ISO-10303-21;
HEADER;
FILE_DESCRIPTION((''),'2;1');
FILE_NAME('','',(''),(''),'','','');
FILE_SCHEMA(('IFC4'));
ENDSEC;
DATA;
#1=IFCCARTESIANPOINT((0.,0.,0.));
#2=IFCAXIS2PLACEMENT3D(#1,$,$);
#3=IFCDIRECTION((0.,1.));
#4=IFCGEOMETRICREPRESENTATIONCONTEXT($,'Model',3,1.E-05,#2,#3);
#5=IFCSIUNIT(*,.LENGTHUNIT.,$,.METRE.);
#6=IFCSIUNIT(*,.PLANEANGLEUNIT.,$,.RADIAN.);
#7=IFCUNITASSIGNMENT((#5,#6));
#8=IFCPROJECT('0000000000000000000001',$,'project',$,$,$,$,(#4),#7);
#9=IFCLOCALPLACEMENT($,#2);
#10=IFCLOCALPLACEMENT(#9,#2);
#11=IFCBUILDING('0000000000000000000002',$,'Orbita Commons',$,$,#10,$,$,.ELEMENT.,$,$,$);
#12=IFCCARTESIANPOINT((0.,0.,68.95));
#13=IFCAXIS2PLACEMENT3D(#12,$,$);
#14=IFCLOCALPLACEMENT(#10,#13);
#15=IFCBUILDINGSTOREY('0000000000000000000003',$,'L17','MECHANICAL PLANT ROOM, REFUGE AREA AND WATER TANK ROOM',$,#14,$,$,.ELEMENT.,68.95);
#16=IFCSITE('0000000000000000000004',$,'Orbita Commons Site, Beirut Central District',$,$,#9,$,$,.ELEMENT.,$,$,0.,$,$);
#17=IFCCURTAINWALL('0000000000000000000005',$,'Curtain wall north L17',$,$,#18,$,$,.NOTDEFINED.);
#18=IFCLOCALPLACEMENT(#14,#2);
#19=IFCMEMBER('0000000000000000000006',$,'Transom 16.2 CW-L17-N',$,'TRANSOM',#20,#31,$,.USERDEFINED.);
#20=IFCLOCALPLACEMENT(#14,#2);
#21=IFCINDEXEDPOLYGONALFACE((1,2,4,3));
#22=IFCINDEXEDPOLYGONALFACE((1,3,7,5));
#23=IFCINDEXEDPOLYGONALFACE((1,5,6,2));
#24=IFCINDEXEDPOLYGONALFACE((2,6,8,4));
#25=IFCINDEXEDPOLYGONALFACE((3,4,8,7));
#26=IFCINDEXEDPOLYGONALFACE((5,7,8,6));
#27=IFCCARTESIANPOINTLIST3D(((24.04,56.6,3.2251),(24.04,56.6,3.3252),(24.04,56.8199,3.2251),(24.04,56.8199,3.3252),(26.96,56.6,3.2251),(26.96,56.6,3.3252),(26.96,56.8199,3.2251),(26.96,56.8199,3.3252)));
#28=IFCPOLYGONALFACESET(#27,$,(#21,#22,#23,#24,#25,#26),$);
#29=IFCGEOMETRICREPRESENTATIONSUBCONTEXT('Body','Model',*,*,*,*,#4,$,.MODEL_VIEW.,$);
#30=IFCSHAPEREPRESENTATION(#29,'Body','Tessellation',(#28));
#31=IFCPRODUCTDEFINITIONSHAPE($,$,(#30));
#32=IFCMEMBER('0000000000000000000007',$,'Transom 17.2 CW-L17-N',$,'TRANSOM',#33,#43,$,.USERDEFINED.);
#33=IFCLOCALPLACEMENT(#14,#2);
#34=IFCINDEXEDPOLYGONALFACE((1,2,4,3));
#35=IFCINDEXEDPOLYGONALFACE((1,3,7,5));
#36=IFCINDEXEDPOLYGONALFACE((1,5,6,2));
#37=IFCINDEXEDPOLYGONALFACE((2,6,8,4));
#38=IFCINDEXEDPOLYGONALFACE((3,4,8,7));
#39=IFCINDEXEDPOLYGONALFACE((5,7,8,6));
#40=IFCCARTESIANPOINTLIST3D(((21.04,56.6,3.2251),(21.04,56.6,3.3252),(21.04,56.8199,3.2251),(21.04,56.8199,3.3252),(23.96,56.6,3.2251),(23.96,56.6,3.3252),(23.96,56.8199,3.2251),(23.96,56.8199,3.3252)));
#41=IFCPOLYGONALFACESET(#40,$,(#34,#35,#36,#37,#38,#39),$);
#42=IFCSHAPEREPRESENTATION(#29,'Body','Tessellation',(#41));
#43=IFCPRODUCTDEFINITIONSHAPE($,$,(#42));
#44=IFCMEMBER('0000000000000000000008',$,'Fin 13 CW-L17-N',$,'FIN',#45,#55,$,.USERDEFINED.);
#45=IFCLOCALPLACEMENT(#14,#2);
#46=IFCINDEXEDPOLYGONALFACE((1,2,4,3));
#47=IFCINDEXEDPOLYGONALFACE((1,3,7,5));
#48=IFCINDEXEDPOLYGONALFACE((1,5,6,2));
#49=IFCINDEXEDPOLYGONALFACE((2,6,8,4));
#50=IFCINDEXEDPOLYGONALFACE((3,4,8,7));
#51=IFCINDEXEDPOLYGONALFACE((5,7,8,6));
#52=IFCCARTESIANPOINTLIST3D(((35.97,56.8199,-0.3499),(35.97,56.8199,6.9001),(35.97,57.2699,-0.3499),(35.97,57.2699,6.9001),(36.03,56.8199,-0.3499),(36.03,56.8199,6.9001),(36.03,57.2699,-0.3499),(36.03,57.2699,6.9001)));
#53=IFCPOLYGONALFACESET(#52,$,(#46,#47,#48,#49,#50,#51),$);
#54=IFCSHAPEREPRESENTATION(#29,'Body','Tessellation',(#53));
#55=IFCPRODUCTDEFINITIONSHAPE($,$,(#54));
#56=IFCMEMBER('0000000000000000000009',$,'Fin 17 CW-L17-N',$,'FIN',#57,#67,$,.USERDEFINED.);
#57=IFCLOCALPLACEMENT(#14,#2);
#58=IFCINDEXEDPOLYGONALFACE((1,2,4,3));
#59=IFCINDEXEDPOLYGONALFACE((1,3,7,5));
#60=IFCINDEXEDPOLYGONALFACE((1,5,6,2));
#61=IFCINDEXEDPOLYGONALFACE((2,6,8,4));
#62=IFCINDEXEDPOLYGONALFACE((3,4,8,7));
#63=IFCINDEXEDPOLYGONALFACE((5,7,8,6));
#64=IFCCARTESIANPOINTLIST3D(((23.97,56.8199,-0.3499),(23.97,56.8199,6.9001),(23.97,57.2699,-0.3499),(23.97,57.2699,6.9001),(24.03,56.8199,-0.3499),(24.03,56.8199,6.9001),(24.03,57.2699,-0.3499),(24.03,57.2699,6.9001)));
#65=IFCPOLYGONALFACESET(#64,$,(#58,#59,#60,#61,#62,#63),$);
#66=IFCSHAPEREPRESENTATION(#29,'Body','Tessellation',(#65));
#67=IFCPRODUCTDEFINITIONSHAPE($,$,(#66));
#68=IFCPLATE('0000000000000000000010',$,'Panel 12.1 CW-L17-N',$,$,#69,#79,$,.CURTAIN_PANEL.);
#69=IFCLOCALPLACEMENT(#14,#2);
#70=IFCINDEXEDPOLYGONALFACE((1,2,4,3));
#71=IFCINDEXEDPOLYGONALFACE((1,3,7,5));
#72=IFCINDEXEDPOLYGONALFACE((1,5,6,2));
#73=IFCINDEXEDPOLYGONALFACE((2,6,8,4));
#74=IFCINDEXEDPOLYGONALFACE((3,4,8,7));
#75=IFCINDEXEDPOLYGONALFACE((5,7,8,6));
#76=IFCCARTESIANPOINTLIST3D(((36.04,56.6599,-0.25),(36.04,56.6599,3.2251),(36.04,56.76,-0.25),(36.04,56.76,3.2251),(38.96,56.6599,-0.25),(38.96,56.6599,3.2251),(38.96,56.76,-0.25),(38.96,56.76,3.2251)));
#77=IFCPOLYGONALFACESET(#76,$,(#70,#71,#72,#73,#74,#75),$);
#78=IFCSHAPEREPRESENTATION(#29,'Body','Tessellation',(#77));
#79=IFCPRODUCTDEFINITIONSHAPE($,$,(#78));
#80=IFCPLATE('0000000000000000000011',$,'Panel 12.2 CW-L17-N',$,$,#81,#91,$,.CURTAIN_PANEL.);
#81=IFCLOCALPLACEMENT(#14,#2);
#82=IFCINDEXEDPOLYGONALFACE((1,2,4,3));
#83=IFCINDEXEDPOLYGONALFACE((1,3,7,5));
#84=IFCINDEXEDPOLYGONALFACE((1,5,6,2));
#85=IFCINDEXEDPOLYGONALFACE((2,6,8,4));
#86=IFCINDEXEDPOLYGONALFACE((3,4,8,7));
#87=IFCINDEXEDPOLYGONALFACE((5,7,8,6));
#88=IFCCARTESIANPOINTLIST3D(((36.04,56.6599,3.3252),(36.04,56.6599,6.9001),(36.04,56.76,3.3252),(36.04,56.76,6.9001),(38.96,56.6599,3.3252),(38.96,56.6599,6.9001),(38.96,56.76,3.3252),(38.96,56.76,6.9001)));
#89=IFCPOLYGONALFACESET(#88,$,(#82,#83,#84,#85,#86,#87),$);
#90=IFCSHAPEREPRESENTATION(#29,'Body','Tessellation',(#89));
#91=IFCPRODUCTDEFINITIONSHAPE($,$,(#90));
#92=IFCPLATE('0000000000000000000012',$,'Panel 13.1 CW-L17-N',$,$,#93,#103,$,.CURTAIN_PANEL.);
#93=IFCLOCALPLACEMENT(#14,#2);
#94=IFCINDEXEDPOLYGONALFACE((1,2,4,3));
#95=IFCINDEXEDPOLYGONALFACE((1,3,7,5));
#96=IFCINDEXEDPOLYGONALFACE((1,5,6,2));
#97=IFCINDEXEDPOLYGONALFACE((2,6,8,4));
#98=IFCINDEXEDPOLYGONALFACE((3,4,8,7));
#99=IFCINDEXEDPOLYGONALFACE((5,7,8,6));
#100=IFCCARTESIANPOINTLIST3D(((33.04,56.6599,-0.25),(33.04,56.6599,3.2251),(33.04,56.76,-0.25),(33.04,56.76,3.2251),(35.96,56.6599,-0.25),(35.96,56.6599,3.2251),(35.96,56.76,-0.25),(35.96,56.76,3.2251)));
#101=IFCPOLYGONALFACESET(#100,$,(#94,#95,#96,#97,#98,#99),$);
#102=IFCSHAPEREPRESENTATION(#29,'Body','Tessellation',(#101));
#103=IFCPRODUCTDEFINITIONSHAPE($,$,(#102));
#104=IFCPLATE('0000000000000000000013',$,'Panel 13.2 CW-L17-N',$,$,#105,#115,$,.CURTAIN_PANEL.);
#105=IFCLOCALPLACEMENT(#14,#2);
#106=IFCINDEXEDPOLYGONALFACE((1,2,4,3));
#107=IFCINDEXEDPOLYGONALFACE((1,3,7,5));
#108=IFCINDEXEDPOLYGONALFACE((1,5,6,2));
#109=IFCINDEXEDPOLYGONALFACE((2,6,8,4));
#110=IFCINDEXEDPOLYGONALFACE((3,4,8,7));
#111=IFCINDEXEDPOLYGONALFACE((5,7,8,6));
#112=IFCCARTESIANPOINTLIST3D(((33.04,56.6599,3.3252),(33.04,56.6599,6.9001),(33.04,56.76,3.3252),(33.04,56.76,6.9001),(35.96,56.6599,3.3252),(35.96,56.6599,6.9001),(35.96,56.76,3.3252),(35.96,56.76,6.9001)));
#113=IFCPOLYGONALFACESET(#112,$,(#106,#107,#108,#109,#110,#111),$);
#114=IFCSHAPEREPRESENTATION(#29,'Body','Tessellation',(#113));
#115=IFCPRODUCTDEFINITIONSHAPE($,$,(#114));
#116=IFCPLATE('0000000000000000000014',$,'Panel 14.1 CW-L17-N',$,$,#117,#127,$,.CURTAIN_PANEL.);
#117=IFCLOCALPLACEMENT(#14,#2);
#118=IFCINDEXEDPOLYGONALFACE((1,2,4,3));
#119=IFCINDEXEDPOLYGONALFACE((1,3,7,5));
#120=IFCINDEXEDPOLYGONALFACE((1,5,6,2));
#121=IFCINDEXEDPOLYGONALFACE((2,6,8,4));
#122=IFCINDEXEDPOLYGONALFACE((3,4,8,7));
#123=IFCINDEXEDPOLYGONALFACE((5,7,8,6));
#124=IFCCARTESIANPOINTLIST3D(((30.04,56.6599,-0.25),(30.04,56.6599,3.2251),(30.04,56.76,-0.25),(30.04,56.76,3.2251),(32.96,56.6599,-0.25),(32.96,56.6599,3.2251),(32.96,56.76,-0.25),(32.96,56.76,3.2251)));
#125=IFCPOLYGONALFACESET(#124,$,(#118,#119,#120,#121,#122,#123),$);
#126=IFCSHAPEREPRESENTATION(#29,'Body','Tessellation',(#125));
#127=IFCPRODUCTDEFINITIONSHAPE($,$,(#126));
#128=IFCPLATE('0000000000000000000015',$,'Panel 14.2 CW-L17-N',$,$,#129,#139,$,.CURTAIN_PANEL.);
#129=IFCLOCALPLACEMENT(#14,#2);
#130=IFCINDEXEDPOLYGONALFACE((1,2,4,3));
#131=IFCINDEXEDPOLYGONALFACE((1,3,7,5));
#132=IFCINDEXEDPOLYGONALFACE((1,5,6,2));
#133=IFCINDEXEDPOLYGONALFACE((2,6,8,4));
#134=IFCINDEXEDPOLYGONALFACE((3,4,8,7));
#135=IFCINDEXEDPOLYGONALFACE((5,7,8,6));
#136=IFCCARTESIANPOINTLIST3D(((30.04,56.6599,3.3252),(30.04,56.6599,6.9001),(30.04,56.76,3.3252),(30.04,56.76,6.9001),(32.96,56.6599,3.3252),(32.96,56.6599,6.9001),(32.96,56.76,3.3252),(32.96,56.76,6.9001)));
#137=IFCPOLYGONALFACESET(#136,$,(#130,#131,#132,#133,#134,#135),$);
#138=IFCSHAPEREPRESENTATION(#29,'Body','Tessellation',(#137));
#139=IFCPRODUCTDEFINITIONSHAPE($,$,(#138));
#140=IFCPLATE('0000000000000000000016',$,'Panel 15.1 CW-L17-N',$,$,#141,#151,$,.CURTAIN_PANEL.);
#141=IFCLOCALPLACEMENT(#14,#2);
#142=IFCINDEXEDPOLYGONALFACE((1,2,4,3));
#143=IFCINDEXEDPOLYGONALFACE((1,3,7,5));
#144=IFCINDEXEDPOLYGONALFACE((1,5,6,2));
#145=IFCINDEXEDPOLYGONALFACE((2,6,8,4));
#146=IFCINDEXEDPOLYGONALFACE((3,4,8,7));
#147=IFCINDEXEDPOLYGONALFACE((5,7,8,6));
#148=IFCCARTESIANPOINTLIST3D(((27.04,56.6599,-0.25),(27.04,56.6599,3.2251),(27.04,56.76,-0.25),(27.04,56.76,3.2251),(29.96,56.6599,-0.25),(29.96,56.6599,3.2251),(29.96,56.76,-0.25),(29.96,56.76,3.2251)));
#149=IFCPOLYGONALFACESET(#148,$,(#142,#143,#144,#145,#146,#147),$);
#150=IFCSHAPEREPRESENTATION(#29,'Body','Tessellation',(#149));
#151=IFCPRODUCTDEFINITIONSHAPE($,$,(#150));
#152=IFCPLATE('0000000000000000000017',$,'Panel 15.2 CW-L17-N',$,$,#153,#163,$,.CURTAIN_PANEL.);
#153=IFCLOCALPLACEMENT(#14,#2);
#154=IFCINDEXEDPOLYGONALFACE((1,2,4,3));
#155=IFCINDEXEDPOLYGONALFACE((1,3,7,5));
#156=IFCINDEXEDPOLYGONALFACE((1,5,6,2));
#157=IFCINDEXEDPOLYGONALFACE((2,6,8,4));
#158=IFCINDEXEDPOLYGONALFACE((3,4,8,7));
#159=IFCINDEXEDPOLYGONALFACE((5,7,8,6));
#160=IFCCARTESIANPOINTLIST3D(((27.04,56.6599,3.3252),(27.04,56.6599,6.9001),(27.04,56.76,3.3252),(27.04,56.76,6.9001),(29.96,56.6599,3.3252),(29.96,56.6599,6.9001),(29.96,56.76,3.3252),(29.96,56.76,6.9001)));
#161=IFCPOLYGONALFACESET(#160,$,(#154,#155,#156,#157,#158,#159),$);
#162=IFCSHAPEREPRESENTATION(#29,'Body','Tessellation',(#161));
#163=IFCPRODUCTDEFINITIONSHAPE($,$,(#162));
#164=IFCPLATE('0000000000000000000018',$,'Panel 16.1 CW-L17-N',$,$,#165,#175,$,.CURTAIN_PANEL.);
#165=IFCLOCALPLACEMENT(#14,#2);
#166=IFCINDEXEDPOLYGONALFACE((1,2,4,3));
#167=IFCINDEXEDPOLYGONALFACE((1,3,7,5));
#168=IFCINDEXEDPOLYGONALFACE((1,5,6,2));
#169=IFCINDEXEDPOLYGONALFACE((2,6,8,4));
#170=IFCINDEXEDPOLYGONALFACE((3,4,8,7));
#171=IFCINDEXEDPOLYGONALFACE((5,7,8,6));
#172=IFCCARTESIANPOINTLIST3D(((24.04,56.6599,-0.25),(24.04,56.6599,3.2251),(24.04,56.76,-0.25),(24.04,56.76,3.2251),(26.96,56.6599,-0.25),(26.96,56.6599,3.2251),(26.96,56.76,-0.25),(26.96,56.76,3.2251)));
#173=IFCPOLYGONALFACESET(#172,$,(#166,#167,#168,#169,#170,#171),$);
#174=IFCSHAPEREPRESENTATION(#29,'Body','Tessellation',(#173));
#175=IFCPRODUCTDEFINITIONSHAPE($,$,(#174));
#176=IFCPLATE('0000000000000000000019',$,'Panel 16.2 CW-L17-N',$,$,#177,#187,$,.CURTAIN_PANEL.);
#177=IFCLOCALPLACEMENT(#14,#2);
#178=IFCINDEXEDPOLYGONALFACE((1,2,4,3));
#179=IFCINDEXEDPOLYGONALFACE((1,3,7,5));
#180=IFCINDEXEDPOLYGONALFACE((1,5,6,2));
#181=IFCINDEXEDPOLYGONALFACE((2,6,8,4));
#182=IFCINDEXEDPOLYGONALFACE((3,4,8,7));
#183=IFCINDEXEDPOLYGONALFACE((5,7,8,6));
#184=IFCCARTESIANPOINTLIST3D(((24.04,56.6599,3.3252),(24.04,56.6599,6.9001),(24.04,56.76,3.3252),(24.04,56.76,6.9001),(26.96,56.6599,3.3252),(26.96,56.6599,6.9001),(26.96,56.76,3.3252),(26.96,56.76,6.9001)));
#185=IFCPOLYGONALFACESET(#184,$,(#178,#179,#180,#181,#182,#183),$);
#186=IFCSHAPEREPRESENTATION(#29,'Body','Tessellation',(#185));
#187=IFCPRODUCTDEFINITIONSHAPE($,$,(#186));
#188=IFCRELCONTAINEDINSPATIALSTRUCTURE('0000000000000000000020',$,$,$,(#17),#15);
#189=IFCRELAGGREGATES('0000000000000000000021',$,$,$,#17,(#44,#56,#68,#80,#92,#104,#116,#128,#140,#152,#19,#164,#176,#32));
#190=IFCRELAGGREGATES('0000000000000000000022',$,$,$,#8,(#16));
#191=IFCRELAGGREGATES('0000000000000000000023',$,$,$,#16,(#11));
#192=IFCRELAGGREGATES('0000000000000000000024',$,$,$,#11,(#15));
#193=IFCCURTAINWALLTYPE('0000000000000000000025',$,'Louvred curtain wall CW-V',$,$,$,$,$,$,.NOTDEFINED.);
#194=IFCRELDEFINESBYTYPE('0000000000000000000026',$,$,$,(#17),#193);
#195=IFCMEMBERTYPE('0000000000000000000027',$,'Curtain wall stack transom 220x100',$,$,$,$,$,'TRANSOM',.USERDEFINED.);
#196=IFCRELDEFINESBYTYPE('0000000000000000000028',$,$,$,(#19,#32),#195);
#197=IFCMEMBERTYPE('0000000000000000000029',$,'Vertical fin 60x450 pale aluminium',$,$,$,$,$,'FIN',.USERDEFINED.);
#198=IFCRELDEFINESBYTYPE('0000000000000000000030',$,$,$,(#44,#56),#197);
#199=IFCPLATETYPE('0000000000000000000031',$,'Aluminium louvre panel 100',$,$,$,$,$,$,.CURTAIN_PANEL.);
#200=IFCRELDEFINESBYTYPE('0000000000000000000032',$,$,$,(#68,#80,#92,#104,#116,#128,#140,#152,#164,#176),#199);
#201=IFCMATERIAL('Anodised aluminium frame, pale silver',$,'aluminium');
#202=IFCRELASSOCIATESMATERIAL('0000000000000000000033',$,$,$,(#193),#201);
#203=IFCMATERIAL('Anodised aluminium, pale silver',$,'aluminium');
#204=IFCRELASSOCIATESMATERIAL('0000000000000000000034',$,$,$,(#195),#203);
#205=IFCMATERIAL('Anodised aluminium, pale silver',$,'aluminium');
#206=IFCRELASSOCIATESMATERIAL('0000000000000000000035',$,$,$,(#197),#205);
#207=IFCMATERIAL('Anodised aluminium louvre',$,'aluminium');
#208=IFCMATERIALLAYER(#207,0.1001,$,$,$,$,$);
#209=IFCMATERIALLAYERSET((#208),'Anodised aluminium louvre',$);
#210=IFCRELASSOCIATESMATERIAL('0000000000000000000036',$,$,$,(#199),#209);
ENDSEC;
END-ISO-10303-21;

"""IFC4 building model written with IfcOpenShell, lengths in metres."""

from ifc_helpers import new_model, si_unit, direction, frame, origin, origin_2d, place, context, subcontext, project, spatial, rectangle, extrude, material, layer, layer_set, material_profile, profile_set, type_object, element, aggregate, save


model = new_model("IFC4")

# Units and contexts
model_context = context("Model", 3, precision=1e-05, world=origin(), true_north=direction((0.0, 1.0)))
body_context = subcontext(model_context, "Body", "Model", "MODEL_VIEW")
ifc_project = project(units=[si_unit("LENGTHUNIT", "METRE"), si_unit("PLANEANGLEUNIT", "RADIAN")], contexts=[model_context])

# Site, building, storey
site_placement = place(None, origin())
site = spatial("IfcSite", under=ifc_project, at=site_placement, Name="Orbita Commons Site, Beirut Central District", CompositionType="ELEMENT", RefElevation=0.0)
building_placement = place(site_placement, origin())
building = spatial("IfcBuilding", under=site, at=building_placement, Name="Orbita Commons", CompositionType="ELEMENT")
storey_placement = place(building_placement, frame((0.0, 0.0, 68.95)))
storey = spatial("IfcBuildingStorey", under=building, at=storey_placement, Name="L17", Description="MECHANICAL PLANT ROOM, REFUGE AREA AND WATER TANK ROOM", CompositionType="ELEMENT", Elevation=68.95)

# Curtain wall, members, plates
ifc_material_1 = material(Name="Anodised aluminium frame, pale silver", Category="aluminium")
curtain_wall_type = type_object("IfcCurtainWallType", Name="Louvred curtain wall CW-V", PredefinedType="NOTDEFINED", material=ifc_material_1)
curtain_wall_placement = place(storey_placement, origin())
curtain_wall = element("IfcCurtainWall", 1, at=curtain_wall_placement, inside=storey, type_object=curtain_wall_type, Name="Curtain wall north L17", PredefinedType="NOTDEFINED")
ifc_material_2 = material(Name="Anodised aluminium, pale silver", Category="aluminium")
ifc_material_profile_1 = material_profile(ifc_material_2, rectangle(XDim=0.22, YDim=0.1001, at=origin_2d()), Name="AL 220x100")
ifc_profile_set_1 = profile_set([ifc_material_profile_1], Name="Anodised aluminium, pale silver")
member_type_1 = type_object("IfcMemberType", Name="Curtain wall stack transom 220x100", ElementType="TRANSOM", PredefinedType="USERDEFINED", material=ifc_profile_set_1)
member_1_placement = place(storey_placement, frame((26.96, 56.71, 3.2751), z_axis=(-1.0, 0.0, 0.0), x_axis=(0.0, -1.0, 0.0)))
member_1 = element("IfcMember", 2, at=member_1_placement, type_object=member_type_1, Name="Transom 16.2 CW-L17-N", ObjectType="TRANSOM", PredefinedType="USERDEFINED", context=body_context, shape_type="SweptSolid", body=[
    extrude(rectangle(XDim=0.22, YDim=0.1001, at=origin_2d()), origin(), (0.0, 0.0, 1.0), 2.9199),
])
member_2_placement = place(storey_placement, frame((23.96, 56.71, 3.2751), z_axis=(-1.0, 0.0, 0.0), x_axis=(0.0, -1.0, 0.0)))
member_2 = element("IfcMember", 3, at=member_2_placement, type_object=member_type_1, Name="Transom 17.2 CW-L17-N", ObjectType="TRANSOM", PredefinedType="USERDEFINED", context=body_context, shape_type="SweptSolid", body=[
    extrude(rectangle(XDim=0.22, YDim=0.1001, at=origin_2d()), origin(), (0.0, 0.0, 1.0), 2.9199),
])
ifc_material_3 = material(Name="Anodised aluminium, pale silver", Category="aluminium")
ifc_material_profile_2 = material_profile(ifc_material_3, rectangle(XDim=0.0601, YDim=0.45, at=origin_2d()), Name="FIN 60x450")
ifc_profile_set_2 = profile_set([ifc_material_profile_2], Name="Anodised aluminium, pale silver")
member_type_2 = type_object("IfcMemberType", Name="Vertical fin 60x450 pale aluminium", ElementType="FIN", PredefinedType="USERDEFINED", material=ifc_profile_set_2)
member_3_placement = place(storey_placement, frame((36.0, 57.0449, -0.3499), z_axis=(0.0, 0.0, 1.0), x_axis=(-1.0, 0.0, 0.0)))
member_3 = element("IfcMember", 4, at=member_3_placement, type_object=member_type_2, Name="Fin 13 CW-L17-N", ObjectType="FIN", PredefinedType="USERDEFINED", context=body_context, shape_type="SweptSolid", body=[
    extrude(rectangle(XDim=0.0601, YDim=0.45, at=origin_2d()), origin(), (0.0, 0.0, 1.0), 7.25),
])
member_4_placement = place(storey_placement, frame((24.0, 57.0449, -0.3499), z_axis=(0.0, 0.0, 1.0), x_axis=(-1.0, 0.0, 0.0)))
member_4 = element("IfcMember", 5, at=member_4_placement, type_object=member_type_2, Name="Fin 17 CW-L17-N", ObjectType="FIN", PredefinedType="USERDEFINED", context=body_context, shape_type="SweptSolid", body=[
    extrude(rectangle(XDim=0.0601, YDim=0.45, at=origin_2d()), origin(), (0.0, 0.0, 1.0), 7.25),
])
ifc_material_4 = material(Name="Anodised aluminium louvre", Category="aluminium")
ifc_layer = layer(ifc_material_4, 0.1001)
ifc_layer_set = layer_set([ifc_layer], Name="Anodised aluminium louvre")
plate_type = type_object("IfcPlateType", Name="Aluminium louvre panel 100", PredefinedType="CURTAIN_PANEL", material=ifc_layer_set)
plate_1_placement = place(storey_placement, frame((37.5, 56.71, -0.25), z_axis=(0.0, 0.0, 1.0), x_axis=(-1.0, 0.0, 0.0)))
plate_1 = element("IfcPlate", 6, at=plate_1_placement, type_object=plate_type, Name="Panel 12.1 CW-L17-N", PredefinedType="CURTAIN_PANEL", context=body_context, shape_type="SweptSolid", body=[
    extrude(rectangle(XDim=2.9199, YDim=0.1001, at=origin_2d()), origin(), (0.0, 0.0, 1.0), 3.4751),
])
plate_2_placement = place(storey_placement, frame((37.5, 56.71, 3.3252), z_axis=(0.0, 0.0, 1.0), x_axis=(-1.0, 0.0, 0.0)))
plate_2 = element("IfcPlate", 7, at=plate_2_placement, type_object=plate_type, Name="Panel 12.2 CW-L17-N", PredefinedType="CURTAIN_PANEL", context=body_context, shape_type="SweptSolid", body=[
    extrude(rectangle(XDim=2.9199, YDim=0.1001, at=origin_2d()), origin(), (0.0, 0.0, 1.0), 3.575),
])
plate_3_placement = place(storey_placement, frame((34.5, 56.71, -0.25), z_axis=(0.0, 0.0, 1.0), x_axis=(-1.0, 0.0, 0.0)))
plate_3 = element("IfcPlate", 8, at=plate_3_placement, type_object=plate_type, Name="Panel 13.1 CW-L17-N", PredefinedType="CURTAIN_PANEL", context=body_context, shape_type="SweptSolid", body=[
    extrude(rectangle(XDim=2.9199, YDim=0.1001, at=origin_2d()), origin(), (0.0, 0.0, 1.0), 3.4751),
])
plate_4_placement = place(storey_placement, frame((34.5, 56.71, 3.3252), z_axis=(0.0, 0.0, 1.0), x_axis=(-1.0, 0.0, 0.0)))
plate_4 = element("IfcPlate", 9, at=plate_4_placement, type_object=plate_type, Name="Panel 13.2 CW-L17-N", PredefinedType="CURTAIN_PANEL", context=body_context, shape_type="SweptSolid", body=[
    extrude(rectangle(XDim=2.9199, YDim=0.1001, at=origin_2d()), origin(), (0.0, 0.0, 1.0), 3.575),
])
plate_5_placement = place(storey_placement, frame((31.5, 56.71, -0.25), z_axis=(0.0, 0.0, 1.0), x_axis=(-1.0, 0.0, 0.0)))
plate_5 = element("IfcPlate", 10, at=plate_5_placement, type_object=plate_type, Name="Panel 14.1 CW-L17-N", PredefinedType="CURTAIN_PANEL", context=body_context, shape_type="SweptSolid", body=[
    extrude(rectangle(XDim=2.9199, YDim=0.1001, at=origin_2d()), origin(), (0.0, 0.0, 1.0), 3.4751),
])
plate_6_placement = place(storey_placement, frame((31.5, 56.71, 3.3252), z_axis=(0.0, 0.0, 1.0), x_axis=(-1.0, 0.0, 0.0)))
plate_6 = element("IfcPlate", 11, at=plate_6_placement, type_object=plate_type, Name="Panel 14.2 CW-L17-N", PredefinedType="CURTAIN_PANEL", context=body_context, shape_type="SweptSolid", body=[
    extrude(rectangle(XDim=2.9199, YDim=0.1001, at=origin_2d()), origin(), (0.0, 0.0, 1.0), 3.575),
])
plate_7_placement = place(storey_placement, frame((28.5, 56.71, -0.25), z_axis=(0.0, 0.0, 1.0), x_axis=(-1.0, 0.0, 0.0)))
plate_7 = element("IfcPlate", 12, at=plate_7_placement, type_object=plate_type, Name="Panel 15.1 CW-L17-N", PredefinedType="CURTAIN_PANEL", context=body_context, shape_type="SweptSolid", body=[
    extrude(rectangle(XDim=2.9199, YDim=0.1001, at=origin_2d()), origin(), (0.0, 0.0, 1.0), 3.4751),
])
plate_8_placement = place(storey_placement, frame((28.5, 56.71, 3.3252), z_axis=(0.0, 0.0, 1.0), x_axis=(-1.0, 0.0, 0.0)))
plate_8 = element("IfcPlate", 13, at=plate_8_placement, type_object=plate_type, Name="Panel 15.2 CW-L17-N", PredefinedType="CURTAIN_PANEL", context=body_context, shape_type="SweptSolid", body=[
    extrude(rectangle(XDim=2.9199, YDim=0.1001, at=origin_2d()), origin(), (0.0, 0.0, 1.0), 3.575),
])
plate_9_placement = place(storey_placement, frame((25.5, 56.71, -0.25), z_axis=(0.0, 0.0, 1.0), x_axis=(-1.0, 0.0, 0.0)))
plate_9 = element("IfcPlate", 14, at=plate_9_placement, type_object=plate_type, Name="Panel 16.1 CW-L17-N", PredefinedType="CURTAIN_PANEL", context=body_context, shape_type="SweptSolid", body=[
    extrude(rectangle(XDim=2.9199, YDim=0.1001, at=origin_2d()), origin(), (0.0, 0.0, 1.0), 3.4751),
])
plate_10_placement = place(storey_placement, frame((25.5, 56.71, 3.3252), z_axis=(0.0, 0.0, 1.0), x_axis=(-1.0, 0.0, 0.0)))
plate_10 = element("IfcPlate", 15, at=plate_10_placement, type_object=plate_type, Name="Panel 16.2 CW-L17-N", PredefinedType="CURTAIN_PANEL", context=body_context, shape_type="SweptSolid", body=[
    extrude(rectangle(XDim=2.9199, YDim=0.1001, at=origin_2d()), origin(), (0.0, 0.0, 1.0), 3.575),
])
aggregate(curtain_wall, [member_3, member_4, plate_1, plate_2, plate_3, plate_4, plate_5, plate_6, plate_7, plate_8, member_1, plate_9, plate_10, member_2])

save(model, "model.ifc")
